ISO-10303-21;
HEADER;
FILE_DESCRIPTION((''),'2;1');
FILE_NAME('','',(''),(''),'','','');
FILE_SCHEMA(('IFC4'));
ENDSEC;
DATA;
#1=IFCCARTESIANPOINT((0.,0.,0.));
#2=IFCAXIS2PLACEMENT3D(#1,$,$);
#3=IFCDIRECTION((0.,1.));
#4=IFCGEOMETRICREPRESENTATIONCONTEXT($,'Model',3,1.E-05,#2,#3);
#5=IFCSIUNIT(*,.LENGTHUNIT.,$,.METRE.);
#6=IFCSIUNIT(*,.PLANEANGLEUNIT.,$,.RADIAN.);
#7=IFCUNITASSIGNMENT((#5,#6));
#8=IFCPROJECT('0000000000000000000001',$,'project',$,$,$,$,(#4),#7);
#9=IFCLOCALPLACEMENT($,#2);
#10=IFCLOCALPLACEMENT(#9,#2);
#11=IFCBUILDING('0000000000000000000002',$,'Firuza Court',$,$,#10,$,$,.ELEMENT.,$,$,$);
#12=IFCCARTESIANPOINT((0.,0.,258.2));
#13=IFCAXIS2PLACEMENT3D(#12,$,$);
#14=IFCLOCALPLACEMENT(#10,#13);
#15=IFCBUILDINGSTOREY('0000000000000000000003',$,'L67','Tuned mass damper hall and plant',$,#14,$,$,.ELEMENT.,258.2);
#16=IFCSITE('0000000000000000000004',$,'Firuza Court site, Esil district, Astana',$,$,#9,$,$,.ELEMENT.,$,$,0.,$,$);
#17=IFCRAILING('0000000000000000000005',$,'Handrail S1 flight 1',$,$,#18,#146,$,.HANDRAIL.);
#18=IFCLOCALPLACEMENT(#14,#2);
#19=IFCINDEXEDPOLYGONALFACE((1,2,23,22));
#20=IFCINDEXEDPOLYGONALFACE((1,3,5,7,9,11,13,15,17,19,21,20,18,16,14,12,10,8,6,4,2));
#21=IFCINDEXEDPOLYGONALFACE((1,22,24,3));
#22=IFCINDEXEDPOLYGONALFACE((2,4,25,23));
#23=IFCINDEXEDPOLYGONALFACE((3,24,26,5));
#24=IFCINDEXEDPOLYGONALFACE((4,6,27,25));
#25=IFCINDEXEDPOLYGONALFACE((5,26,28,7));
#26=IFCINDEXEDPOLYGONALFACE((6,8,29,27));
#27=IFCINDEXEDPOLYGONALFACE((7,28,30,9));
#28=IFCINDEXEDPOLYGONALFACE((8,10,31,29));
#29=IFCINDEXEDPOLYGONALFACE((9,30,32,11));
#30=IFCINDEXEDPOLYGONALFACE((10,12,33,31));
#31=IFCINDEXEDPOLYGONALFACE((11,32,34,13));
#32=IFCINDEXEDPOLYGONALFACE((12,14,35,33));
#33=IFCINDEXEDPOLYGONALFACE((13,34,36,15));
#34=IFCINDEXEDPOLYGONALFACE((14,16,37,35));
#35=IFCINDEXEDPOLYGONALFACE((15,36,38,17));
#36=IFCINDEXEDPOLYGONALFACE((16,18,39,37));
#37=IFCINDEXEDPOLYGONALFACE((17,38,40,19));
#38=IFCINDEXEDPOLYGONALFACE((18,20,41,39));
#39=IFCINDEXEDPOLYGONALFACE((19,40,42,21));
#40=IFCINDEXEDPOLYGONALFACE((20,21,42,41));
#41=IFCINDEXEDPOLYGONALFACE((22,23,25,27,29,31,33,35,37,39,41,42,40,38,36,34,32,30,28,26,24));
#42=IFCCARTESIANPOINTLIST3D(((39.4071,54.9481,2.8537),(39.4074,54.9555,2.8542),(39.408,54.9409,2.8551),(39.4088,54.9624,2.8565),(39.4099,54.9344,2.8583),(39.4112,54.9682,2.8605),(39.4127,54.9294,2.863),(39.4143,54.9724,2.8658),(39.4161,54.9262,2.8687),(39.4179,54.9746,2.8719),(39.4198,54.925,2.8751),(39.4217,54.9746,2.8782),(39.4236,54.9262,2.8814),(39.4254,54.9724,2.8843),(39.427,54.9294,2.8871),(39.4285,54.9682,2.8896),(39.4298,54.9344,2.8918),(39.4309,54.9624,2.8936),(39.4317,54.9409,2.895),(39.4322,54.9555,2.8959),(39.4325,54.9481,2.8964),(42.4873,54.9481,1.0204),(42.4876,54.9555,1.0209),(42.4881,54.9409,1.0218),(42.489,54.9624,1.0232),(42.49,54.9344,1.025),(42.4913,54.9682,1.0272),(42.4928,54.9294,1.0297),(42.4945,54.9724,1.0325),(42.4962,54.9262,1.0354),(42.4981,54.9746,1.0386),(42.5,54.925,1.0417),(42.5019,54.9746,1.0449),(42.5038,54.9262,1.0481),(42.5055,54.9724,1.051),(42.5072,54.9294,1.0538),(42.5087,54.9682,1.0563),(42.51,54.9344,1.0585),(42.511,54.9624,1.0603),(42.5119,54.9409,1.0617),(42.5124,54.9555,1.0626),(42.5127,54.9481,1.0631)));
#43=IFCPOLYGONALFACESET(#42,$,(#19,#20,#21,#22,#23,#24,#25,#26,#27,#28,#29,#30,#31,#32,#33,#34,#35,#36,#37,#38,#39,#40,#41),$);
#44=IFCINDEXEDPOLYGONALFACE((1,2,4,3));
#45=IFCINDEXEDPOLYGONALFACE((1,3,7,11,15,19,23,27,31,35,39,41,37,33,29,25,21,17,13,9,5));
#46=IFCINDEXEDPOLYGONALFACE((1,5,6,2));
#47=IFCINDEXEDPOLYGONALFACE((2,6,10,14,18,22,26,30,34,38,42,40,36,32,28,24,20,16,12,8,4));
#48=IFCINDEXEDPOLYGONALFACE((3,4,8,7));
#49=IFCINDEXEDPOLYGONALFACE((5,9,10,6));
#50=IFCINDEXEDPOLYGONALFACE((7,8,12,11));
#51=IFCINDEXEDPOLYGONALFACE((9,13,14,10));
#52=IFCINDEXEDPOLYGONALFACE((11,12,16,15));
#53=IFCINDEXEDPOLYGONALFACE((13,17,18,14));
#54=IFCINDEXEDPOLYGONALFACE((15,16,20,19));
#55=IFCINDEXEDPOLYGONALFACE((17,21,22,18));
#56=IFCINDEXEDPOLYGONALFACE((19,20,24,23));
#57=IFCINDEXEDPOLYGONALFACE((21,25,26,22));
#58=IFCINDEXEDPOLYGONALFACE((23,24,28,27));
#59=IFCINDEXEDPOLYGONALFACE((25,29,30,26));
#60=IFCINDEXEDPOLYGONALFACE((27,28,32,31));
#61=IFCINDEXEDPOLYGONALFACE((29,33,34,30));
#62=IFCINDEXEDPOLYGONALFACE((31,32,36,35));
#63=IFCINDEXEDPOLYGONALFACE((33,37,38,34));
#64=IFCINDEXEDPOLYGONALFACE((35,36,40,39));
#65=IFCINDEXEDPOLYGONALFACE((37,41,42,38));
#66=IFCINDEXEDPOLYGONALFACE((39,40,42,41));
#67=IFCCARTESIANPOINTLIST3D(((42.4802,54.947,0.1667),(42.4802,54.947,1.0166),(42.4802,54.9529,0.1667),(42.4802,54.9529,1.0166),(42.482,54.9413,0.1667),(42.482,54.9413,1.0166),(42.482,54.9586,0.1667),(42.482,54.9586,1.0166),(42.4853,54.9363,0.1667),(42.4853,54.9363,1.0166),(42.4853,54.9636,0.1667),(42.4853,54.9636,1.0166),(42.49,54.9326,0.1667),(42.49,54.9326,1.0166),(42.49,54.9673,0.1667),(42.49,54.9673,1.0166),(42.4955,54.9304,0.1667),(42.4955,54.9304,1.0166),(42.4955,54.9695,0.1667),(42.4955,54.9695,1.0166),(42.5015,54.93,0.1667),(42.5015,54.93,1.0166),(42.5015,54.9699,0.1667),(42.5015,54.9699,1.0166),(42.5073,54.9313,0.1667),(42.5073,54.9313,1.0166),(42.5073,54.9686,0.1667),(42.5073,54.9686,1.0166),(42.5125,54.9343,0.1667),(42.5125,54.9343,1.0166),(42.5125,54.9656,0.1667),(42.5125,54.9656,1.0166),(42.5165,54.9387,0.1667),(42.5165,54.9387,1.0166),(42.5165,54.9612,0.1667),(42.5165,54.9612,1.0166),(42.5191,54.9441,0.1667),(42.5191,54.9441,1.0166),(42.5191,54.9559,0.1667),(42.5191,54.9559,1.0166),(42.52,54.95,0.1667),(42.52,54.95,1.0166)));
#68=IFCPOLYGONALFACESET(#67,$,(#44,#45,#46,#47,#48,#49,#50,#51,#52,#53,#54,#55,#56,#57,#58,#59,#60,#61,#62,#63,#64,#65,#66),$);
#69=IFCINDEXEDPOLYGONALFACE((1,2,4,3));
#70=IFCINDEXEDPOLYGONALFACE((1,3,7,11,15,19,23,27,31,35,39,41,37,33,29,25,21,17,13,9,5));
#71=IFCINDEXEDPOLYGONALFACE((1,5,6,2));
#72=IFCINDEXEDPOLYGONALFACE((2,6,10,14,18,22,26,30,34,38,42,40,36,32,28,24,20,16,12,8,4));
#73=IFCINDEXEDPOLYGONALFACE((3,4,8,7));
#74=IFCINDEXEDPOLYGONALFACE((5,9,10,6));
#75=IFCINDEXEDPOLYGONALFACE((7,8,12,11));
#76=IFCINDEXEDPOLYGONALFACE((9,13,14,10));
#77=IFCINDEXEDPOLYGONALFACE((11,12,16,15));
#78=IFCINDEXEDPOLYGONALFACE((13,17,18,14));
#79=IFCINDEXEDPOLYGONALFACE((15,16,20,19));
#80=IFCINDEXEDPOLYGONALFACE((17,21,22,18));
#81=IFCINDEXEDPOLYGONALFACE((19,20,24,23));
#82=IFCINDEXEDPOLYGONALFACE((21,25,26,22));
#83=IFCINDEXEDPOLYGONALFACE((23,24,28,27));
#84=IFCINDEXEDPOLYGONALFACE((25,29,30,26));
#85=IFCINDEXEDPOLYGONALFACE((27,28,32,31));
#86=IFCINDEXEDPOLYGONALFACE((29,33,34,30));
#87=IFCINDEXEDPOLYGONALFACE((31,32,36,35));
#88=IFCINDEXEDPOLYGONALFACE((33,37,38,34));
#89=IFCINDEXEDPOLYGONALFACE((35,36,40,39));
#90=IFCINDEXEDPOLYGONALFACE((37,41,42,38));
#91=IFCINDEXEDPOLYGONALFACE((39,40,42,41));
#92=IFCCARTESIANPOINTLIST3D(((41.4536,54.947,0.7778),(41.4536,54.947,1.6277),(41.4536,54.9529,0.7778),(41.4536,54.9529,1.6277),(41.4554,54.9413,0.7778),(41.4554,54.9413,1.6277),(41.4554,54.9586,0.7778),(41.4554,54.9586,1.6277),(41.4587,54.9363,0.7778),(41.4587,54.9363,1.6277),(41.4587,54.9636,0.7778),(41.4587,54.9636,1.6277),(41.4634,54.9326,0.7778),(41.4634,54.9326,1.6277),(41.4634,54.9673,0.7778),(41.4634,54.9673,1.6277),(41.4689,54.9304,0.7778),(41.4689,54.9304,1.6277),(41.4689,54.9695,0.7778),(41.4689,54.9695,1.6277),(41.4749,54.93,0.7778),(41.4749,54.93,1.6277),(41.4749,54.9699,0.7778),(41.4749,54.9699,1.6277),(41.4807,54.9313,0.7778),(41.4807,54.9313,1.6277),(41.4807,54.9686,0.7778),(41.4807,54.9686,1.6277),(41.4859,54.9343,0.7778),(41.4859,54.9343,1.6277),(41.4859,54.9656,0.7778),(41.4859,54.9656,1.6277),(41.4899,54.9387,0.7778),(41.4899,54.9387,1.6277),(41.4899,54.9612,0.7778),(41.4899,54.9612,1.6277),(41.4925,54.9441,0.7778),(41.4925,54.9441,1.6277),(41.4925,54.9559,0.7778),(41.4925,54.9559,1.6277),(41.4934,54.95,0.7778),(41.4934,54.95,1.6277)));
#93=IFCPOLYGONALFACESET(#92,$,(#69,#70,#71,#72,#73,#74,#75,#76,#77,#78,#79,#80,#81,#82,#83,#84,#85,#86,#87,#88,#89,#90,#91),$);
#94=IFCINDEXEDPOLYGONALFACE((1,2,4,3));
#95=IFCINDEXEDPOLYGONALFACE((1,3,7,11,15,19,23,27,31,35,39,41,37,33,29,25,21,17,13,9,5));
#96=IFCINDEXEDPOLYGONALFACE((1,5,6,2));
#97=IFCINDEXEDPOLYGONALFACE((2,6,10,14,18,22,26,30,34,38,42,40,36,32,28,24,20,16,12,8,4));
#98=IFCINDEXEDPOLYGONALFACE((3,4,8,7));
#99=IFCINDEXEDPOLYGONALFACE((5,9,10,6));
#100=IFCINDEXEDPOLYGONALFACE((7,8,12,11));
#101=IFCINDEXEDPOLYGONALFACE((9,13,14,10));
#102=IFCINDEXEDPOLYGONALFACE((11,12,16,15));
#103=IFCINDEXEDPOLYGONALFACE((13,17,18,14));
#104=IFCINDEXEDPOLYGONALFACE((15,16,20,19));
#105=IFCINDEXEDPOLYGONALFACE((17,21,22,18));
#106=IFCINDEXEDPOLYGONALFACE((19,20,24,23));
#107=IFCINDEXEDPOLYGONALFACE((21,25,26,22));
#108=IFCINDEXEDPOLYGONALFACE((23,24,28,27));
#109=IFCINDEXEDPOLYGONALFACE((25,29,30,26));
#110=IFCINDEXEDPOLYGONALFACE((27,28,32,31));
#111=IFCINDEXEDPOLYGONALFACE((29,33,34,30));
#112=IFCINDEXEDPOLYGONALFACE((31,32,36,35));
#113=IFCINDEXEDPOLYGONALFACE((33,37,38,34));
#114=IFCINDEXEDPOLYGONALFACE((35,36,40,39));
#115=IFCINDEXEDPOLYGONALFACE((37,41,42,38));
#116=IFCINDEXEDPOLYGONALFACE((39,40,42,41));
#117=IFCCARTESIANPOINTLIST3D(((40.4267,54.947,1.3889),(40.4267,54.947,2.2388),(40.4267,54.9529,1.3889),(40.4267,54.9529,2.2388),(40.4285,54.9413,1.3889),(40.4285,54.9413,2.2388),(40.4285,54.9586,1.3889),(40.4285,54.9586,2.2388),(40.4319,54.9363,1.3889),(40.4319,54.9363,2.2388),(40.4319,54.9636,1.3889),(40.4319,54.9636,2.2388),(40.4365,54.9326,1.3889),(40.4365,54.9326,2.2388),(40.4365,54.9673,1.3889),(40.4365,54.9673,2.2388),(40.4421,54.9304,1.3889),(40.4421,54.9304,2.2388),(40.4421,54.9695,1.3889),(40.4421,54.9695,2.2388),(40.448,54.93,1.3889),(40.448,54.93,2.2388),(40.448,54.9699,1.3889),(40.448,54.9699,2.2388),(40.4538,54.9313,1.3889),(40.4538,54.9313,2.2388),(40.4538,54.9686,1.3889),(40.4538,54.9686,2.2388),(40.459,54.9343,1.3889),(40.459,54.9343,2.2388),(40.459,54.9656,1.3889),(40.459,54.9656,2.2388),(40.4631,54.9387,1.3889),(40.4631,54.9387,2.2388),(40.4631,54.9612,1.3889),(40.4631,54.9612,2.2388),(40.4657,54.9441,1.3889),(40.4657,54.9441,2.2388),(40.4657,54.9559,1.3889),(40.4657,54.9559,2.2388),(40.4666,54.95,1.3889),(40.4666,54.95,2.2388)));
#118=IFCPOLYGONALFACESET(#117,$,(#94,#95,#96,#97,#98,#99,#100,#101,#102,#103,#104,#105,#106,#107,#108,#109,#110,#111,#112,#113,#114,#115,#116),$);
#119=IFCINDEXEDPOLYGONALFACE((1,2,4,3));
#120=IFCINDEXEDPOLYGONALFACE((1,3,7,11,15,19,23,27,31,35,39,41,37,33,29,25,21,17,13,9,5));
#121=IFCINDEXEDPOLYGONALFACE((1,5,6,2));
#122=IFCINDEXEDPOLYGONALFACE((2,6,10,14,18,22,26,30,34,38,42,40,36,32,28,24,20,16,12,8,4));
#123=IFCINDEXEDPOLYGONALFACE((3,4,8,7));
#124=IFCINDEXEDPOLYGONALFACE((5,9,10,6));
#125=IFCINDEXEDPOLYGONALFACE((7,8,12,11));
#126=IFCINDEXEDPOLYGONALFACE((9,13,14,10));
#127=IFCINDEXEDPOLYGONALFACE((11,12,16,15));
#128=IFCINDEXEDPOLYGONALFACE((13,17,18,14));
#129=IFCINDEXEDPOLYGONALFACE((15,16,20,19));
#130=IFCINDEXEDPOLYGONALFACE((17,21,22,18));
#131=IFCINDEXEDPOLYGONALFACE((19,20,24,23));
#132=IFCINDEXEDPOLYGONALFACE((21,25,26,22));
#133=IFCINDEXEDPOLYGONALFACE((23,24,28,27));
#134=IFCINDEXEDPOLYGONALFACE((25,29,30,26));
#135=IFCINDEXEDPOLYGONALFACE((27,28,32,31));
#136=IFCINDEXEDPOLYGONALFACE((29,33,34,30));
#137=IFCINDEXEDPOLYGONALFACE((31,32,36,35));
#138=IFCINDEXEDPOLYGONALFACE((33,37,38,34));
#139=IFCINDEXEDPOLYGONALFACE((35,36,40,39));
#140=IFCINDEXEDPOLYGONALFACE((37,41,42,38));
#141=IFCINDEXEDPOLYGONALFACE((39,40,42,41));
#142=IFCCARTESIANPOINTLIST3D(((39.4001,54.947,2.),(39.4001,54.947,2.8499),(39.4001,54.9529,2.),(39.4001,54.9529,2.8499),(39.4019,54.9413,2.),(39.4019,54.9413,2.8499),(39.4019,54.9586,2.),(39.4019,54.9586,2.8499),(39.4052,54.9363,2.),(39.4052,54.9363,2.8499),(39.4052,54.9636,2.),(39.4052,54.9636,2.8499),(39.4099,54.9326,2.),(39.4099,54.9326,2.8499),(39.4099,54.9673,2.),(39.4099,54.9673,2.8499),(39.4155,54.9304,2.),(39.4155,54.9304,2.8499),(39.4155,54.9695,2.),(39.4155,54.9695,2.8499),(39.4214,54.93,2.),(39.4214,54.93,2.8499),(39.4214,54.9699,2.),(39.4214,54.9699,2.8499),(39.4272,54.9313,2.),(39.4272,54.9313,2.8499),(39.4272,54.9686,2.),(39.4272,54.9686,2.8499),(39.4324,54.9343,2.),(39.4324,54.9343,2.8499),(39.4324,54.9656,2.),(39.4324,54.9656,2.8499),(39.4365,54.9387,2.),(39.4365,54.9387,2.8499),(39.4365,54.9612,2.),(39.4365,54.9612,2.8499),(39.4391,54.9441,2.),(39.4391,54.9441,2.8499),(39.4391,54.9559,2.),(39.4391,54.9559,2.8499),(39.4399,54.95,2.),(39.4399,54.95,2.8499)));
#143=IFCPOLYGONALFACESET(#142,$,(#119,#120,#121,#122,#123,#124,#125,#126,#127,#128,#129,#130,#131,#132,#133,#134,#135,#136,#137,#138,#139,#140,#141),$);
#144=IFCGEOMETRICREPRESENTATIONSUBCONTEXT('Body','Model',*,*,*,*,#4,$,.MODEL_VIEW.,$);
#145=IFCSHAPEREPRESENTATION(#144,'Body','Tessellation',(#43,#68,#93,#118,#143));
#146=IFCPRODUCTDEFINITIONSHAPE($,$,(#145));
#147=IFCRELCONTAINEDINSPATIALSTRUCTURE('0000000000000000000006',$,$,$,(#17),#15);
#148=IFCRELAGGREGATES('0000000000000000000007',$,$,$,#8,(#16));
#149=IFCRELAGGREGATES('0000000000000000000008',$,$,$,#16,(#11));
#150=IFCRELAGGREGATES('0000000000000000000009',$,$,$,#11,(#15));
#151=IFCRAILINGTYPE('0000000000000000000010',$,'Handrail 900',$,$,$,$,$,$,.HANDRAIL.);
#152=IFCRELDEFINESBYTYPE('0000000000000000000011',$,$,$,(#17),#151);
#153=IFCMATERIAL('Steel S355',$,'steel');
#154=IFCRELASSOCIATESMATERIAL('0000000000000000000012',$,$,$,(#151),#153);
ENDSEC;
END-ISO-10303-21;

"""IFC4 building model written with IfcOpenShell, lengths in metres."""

from ifc_helpers import new_model, si_unit, direction, frame, origin, origin_2d, place, context, subcontext, project, spatial, circle, extrude, material, type_object, element, save


model = new_model("IFC4")

# Units and contexts
model_context = context("Model", 3, precision=1e-05, world=origin(), true_north=direction((0.0, 1.0)))
body_context = subcontext(model_context, "Body", "Model", "MODEL_VIEW")
ifc_project = project(units=[si_unit("LENGTHUNIT", "METRE"), si_unit("PLANEANGLEUNIT", "RADIAN")], contexts=[model_context])

# Site, building, storey
site_placement = place(None, origin())
site = spatial("IfcSite", under=ifc_project, at=site_placement, Name="Firuza Court site, Esil district, Astana", CompositionType="ELEMENT", RefElevation=0.0)
building_placement = place(site_placement, origin())
building = spatial("IfcBuilding", under=site, at=building_placement, Name="Firuza Court", CompositionType="ELEMENT")
storey_placement = place(building_placement, frame((0.0, 0.0, 258.2)))
storey = spatial("IfcBuildingStorey", under=building, at=storey_placement, Name="L67", Description="Tuned mass damper hall and plant", CompositionType="ELEMENT", Elevation=258.2)

# Railing
ifc_material_1 = material(Name="Steel S355", Category="steel")
railing_type_1 = type_object("IfcRailingType", Name="Handrail 900", PredefinedType="HANDRAIL", material=ifc_material_1)
railing_1_placement = place(storey_placement, frame((42.5, 54.95, 0.1667)))
element("IfcRailing", 1, at=railing_1_placement, inside=storey, type_object=railing_type_1, Name="Handrail S1 flight 1", PredefinedType="HANDRAIL", context=body_context, shape_type="SweptSolid", body=[
    extrude(circle(Radius=0.0249, at=origin_2d()), frame((0.0, 0.0, 0.875), z_axis=(-0.859309, 0.0, 0.511458), x_axis=(0.0, -1.0, 0.0)), (0.0, 0.0, 1.0), 3.5845),
    extrude(circle(Radius=0.02, at=origin_2d()), origin(), (0.0, 0.0, 1.0), 0.8499),
    extrude(circle(Radius=0.02, at=origin_2d()), frame((-1.0266, 0.0, 0.6111)), (0.0, 0.0, 1.0), 0.8499),
    extrude(circle(Radius=0.02, at=origin_2d()), frame((-2.0535, 0.0, 1.2222)), (0.0, 0.0, 1.0), 0.8499),
    extrude(circle(Radius=0.02, at=origin_2d()), frame((-3.0801, 0.0, 1.8333)), (0.0, 0.0, 1.0), 0.8499),
])

save(model, "model.ifc")
